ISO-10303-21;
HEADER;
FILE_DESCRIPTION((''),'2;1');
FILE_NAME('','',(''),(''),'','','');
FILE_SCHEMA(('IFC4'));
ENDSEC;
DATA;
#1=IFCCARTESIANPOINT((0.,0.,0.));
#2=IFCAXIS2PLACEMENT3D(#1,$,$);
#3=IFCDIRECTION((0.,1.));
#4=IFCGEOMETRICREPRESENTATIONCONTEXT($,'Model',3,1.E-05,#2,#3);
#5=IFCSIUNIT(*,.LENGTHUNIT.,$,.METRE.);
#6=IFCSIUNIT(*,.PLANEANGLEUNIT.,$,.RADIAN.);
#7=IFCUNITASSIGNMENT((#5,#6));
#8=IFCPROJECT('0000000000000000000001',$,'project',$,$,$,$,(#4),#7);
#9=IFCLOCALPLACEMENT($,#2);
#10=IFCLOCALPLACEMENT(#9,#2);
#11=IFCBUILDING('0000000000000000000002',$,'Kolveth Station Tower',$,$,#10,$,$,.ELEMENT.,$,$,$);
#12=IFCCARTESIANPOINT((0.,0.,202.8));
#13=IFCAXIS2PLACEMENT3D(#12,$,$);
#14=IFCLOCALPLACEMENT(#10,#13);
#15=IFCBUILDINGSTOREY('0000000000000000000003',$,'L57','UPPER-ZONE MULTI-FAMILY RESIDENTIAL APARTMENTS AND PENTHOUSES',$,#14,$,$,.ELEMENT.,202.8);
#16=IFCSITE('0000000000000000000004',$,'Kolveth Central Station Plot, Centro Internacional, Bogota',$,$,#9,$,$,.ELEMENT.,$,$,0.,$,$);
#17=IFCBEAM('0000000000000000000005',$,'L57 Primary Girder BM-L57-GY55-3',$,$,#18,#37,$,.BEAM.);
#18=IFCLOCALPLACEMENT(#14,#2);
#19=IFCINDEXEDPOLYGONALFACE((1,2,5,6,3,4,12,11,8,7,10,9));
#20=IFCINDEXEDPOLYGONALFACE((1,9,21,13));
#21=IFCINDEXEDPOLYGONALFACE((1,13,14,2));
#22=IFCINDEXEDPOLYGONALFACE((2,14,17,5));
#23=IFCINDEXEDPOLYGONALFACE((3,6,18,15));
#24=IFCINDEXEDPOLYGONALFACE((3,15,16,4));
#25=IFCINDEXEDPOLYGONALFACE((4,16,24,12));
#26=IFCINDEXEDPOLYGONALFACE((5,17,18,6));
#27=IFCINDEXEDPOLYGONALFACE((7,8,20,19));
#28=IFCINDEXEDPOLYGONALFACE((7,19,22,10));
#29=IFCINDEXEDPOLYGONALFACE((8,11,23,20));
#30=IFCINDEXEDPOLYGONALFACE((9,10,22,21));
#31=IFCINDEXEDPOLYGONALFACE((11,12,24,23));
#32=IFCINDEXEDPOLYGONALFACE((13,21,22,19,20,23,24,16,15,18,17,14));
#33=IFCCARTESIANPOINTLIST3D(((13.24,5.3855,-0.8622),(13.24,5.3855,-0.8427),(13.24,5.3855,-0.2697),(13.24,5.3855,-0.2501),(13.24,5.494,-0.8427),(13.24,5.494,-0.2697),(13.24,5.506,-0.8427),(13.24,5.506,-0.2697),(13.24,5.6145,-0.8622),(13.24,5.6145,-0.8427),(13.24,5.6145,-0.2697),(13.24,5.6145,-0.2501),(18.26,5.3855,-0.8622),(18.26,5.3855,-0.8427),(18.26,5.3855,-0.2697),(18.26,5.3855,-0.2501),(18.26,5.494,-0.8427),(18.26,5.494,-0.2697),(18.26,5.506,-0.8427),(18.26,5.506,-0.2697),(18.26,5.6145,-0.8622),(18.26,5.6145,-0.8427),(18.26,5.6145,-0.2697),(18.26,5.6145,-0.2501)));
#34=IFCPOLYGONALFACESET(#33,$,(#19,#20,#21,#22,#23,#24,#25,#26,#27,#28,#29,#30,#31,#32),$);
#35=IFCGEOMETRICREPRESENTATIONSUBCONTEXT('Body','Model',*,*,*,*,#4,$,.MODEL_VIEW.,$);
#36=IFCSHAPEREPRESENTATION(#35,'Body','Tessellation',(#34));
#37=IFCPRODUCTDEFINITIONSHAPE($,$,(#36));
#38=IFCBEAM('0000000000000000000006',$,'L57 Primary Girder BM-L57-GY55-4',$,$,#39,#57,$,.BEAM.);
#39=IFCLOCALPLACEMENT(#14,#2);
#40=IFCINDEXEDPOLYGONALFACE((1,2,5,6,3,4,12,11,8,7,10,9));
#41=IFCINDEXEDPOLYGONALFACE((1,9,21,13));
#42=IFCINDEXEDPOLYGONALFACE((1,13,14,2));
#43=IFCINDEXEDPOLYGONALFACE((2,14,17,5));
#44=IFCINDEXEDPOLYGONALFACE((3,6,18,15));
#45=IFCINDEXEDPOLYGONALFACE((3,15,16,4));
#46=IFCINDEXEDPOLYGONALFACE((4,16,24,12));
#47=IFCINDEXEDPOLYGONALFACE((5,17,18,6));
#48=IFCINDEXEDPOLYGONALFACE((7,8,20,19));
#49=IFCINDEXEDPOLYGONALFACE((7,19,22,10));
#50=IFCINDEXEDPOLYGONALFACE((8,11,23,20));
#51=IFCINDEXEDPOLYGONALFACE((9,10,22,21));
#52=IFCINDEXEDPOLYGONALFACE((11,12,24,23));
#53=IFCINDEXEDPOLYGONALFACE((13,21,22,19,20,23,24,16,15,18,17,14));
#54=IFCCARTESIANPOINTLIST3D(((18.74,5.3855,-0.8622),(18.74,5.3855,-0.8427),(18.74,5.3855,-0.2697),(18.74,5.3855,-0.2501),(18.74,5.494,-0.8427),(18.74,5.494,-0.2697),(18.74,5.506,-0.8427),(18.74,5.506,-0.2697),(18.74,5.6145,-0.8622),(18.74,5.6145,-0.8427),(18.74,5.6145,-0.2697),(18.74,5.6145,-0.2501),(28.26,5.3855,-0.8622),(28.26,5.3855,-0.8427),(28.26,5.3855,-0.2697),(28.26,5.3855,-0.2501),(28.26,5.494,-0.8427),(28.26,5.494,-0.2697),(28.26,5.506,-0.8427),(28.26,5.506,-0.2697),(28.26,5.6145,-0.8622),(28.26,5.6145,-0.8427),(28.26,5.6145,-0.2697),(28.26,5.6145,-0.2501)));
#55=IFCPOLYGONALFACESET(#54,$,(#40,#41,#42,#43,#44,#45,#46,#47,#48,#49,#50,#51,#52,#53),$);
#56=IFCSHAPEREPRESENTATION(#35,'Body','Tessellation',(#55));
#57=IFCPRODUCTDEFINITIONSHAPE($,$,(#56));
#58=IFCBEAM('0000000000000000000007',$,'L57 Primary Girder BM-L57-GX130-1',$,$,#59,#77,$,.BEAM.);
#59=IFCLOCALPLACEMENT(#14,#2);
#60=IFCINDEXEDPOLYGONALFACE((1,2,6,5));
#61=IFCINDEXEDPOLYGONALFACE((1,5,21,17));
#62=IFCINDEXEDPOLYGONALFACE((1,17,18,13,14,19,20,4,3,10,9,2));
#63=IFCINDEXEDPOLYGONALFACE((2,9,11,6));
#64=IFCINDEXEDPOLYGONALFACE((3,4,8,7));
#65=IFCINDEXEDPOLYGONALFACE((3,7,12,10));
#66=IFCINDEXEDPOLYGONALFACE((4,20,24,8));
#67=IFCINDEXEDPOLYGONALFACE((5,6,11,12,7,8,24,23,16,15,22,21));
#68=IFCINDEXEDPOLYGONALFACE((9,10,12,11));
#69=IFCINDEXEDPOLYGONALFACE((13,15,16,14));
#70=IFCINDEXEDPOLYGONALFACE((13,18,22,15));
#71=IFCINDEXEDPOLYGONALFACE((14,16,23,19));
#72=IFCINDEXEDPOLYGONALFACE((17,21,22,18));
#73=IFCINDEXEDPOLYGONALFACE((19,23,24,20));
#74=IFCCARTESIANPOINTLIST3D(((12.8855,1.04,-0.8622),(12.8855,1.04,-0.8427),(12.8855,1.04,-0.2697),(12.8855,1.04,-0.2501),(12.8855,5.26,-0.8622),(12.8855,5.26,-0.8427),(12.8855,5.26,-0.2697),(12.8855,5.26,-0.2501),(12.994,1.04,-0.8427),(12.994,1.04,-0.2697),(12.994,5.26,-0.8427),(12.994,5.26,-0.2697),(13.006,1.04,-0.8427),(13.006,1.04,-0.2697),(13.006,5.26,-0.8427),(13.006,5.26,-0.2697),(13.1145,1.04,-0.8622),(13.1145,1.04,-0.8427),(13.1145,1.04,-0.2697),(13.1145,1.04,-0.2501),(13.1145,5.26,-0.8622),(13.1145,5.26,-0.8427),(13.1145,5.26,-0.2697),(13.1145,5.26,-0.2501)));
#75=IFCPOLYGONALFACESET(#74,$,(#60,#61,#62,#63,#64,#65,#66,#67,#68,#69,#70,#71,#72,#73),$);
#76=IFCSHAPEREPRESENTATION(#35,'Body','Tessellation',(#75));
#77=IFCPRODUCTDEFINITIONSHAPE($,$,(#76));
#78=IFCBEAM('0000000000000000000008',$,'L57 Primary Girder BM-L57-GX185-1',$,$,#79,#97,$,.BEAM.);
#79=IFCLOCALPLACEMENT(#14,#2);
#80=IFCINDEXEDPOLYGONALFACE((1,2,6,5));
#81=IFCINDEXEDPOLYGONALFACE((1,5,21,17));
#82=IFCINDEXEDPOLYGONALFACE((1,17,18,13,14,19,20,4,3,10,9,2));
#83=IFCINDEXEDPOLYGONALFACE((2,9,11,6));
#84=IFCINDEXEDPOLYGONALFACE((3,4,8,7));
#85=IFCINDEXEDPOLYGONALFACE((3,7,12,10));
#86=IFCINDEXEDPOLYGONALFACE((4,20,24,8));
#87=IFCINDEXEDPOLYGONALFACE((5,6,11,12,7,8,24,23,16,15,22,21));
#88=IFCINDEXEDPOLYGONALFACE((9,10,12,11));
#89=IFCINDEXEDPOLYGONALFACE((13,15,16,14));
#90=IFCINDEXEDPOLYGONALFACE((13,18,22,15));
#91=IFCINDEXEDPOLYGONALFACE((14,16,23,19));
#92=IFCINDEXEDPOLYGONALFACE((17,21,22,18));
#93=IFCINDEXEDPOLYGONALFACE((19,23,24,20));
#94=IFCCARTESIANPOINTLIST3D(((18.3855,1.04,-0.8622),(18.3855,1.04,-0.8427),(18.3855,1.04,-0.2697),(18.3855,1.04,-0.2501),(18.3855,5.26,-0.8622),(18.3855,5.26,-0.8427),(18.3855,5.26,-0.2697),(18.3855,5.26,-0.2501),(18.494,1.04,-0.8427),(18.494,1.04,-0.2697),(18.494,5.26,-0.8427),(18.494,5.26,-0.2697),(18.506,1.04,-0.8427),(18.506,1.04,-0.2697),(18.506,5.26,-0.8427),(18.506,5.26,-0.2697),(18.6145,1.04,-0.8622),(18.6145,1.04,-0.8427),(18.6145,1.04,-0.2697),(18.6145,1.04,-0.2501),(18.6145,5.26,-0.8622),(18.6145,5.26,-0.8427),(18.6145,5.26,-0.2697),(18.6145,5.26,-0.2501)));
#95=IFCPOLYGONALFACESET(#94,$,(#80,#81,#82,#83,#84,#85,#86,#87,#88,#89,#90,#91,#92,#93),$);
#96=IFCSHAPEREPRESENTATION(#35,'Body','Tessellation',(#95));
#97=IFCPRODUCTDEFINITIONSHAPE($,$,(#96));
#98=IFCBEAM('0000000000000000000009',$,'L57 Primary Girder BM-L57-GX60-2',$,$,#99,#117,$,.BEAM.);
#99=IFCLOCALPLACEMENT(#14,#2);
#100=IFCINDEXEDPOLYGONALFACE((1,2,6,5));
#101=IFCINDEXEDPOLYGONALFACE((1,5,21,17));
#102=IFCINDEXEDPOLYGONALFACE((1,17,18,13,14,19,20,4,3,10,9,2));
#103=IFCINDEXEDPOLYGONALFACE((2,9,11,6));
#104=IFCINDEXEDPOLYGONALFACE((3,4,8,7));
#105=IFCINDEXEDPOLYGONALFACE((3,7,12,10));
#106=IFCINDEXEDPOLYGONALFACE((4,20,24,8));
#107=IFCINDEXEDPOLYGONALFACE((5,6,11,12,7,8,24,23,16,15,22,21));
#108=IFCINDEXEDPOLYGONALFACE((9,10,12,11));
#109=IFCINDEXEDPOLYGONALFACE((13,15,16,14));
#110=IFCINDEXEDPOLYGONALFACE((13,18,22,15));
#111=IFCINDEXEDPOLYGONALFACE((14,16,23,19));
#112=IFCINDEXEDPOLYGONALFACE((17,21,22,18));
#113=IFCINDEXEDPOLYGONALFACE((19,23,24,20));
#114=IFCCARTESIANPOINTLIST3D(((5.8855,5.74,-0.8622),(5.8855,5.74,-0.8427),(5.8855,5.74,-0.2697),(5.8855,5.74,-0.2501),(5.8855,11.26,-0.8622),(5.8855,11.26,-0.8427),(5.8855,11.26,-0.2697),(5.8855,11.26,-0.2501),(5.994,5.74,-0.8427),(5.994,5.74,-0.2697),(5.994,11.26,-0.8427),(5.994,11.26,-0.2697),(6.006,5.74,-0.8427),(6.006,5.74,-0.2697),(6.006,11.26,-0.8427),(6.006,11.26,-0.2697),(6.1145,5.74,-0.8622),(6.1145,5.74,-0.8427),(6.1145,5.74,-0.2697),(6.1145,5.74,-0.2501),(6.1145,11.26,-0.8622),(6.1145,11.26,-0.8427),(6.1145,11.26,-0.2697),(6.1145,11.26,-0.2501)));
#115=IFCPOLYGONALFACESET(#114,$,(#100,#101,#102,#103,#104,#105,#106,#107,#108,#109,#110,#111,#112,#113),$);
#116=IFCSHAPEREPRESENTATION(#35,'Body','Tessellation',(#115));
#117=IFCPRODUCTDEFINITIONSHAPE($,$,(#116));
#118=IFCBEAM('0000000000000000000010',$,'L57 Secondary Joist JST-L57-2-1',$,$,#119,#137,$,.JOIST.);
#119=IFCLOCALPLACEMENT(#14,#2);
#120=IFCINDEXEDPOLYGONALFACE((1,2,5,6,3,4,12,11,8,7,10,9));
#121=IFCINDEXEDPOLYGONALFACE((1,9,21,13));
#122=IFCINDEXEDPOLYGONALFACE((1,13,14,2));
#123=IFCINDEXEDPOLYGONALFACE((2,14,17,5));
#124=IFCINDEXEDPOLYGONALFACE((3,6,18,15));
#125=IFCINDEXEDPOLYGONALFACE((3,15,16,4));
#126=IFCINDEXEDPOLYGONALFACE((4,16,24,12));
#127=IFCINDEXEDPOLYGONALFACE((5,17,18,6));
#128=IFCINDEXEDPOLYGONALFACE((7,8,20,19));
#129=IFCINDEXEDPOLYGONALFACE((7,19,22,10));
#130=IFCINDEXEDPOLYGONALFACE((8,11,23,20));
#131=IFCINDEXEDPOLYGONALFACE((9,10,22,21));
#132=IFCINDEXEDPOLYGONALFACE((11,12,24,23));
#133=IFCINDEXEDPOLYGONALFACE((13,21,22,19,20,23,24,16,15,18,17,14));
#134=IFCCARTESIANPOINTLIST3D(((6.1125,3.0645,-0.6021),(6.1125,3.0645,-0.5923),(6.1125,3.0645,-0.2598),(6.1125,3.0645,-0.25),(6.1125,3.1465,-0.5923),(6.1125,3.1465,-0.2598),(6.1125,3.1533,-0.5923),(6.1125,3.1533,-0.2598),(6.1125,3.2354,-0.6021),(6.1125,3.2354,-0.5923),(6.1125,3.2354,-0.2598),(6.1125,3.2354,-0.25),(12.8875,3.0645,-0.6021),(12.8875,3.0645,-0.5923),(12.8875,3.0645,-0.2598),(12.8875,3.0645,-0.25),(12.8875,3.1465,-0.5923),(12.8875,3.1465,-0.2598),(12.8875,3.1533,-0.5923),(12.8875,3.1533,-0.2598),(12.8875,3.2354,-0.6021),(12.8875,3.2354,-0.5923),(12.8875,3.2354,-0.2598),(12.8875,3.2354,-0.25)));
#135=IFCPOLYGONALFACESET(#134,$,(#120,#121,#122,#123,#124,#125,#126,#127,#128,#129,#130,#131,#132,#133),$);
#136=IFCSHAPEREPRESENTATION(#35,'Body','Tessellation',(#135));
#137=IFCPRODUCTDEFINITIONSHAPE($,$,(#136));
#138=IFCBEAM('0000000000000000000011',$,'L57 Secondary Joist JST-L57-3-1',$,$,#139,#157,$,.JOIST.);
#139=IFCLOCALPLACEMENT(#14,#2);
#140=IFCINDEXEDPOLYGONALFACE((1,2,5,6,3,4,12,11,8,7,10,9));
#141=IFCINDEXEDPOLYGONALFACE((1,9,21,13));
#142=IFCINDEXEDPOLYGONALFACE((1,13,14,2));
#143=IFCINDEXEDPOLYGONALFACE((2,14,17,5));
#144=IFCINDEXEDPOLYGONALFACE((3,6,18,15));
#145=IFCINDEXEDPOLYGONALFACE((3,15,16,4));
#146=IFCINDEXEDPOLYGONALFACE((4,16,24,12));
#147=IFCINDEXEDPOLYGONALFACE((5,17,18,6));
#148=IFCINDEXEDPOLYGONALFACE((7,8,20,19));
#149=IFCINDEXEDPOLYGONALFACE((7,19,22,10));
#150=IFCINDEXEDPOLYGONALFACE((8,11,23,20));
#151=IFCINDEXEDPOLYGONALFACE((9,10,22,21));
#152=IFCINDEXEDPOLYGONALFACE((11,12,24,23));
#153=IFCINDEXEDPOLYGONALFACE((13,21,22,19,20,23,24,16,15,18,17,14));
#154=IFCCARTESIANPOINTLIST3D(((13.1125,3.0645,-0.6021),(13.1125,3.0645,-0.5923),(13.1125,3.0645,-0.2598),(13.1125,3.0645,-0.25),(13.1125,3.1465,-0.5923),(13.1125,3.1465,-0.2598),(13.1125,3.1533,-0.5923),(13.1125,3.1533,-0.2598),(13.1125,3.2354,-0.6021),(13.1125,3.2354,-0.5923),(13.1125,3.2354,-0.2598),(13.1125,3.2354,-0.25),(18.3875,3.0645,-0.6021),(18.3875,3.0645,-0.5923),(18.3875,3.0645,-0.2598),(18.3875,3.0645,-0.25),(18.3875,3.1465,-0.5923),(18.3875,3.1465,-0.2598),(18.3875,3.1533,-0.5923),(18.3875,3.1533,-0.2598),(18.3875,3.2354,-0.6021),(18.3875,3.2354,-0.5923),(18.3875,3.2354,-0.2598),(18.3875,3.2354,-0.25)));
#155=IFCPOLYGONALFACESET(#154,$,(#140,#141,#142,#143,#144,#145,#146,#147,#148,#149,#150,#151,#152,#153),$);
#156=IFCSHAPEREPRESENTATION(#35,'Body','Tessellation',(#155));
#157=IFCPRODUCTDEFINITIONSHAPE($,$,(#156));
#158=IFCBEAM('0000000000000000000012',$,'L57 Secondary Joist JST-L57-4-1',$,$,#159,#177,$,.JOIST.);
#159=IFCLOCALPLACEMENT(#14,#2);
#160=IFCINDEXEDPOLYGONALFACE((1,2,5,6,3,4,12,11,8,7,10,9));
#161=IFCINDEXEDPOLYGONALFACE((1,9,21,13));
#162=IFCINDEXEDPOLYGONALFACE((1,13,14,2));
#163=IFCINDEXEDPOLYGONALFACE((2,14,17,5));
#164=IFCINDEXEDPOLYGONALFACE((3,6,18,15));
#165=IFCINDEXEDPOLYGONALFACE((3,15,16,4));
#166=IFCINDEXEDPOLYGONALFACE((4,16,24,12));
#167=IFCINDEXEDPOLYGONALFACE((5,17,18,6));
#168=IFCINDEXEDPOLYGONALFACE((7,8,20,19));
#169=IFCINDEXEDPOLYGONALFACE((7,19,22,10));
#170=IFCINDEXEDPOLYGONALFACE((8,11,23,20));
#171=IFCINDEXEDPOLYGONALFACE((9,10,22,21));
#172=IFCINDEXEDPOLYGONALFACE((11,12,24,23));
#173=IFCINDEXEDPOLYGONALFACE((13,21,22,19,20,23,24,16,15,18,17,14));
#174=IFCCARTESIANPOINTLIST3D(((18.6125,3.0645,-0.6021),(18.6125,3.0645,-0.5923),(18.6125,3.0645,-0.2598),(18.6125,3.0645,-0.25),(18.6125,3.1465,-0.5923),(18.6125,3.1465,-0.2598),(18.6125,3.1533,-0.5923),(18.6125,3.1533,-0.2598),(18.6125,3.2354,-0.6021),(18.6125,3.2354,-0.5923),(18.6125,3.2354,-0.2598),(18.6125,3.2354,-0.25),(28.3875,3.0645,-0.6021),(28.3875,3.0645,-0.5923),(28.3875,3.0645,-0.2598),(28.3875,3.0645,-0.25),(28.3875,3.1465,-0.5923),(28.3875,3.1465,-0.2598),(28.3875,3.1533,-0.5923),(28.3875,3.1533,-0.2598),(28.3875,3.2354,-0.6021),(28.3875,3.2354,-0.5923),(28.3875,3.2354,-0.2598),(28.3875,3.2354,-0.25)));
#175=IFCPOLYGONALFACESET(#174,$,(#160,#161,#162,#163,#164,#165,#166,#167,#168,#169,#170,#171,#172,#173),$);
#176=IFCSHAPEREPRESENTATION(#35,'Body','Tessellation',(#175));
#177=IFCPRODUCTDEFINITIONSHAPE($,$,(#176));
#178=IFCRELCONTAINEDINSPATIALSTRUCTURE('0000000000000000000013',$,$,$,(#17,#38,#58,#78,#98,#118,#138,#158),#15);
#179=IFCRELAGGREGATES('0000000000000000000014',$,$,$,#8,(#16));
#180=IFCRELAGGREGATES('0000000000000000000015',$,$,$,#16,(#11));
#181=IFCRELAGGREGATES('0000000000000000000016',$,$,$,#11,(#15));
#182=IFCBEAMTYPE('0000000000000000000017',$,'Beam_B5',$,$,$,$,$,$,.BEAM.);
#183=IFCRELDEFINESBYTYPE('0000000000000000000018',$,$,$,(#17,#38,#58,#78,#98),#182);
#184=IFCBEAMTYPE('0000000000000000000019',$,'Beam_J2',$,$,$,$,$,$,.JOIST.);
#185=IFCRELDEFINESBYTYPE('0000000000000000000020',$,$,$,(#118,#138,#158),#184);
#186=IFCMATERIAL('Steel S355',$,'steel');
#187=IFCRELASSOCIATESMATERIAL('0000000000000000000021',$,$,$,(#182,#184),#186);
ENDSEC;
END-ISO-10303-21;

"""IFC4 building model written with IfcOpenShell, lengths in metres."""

from ifc_helpers import new_model, si_unit, direction, frame, origin, origin_2d, place, context, subcontext, project, spatial, i_section, extrude, source, transform, mapped, material, material_profile, profile_set, type_object, element, save


model = new_model("IFC4")

# Units and contexts
model_context = context("Model", 3, precision=1e-05, world=origin(), true_north=direction((0.0, 1.0)))
body_context = subcontext(model_context, "Body", "Model", "MODEL_VIEW")
ifc_project = project(units=[si_unit("LENGTHUNIT", "METRE"), si_unit("PLANEANGLEUNIT", "RADIAN")], contexts=[model_context])

# Site, building, storey
site_placement = place(None, origin())
site = spatial("IfcSite", under=ifc_project, at=site_placement, Name="Kolveth Central Station Plot, Centro Internacional, Bogota", CompositionType="ELEMENT", RefElevation=0.0)
building_placement = place(site_placement, origin())
building = spatial("IfcBuilding", under=site, at=building_placement, Name="Kolveth Station Tower", CompositionType="ELEMENT")
storey_placement = place(building_placement, frame((0.0, 0.0, 202.8)))
storey = spatial("IfcBuildingStorey", under=building, at=storey_placement, Name="L57", Description="UPPER-ZONE MULTI-FAMILY RESIDENTIAL APARTMENTS AND PENTHOUSES", CompositionType="ELEMENT", Elevation=202.8)

# Shared definitions
ifc_material_1 = material(Name="Steel S355", Category="steel")

# Beams
ifc_material_profile_1 = material_profile(ifc_material_1, i_section(OverallWidth=0.229, OverallDepth=0.6121, WebThickness=0.012, FlangeThickness=0.0195, at=origin_2d()), Name="W610x125")
ifc_profile_set_1 = profile_set([ifc_material_profile_1], Name="Steel S355")
beam_type_1 = type_object("IfcBeamType", Name="Beam_B5", PredefinedType="BEAM", material=ifc_profile_set_1)
shared_shape_1 = source(origin(), body_context, "Body", "SweptSolid", [
    extrude(i_section(OverallWidth=0.229, OverallDepth=0.6121, WebThickness=0.012, FlangeThickness=0.0195, at=origin_2d()), origin(), (0.0, 0.0, 1.0), 5.02),
])
beam_1_placement = place(storey_placement, frame((13.24, 5.5, -0.5562), z_axis=(1.0, 0.0, 0.0), x_axis=(0.0, 1.0, 0.0)))
element("IfcBeam", 1, at=beam_1_placement, inside=storey, type_object=beam_type_1, Name="L57 Primary Girder BM-L57-GY55-3", PredefinedType="BEAM", context=body_context, shape_type="MappedRepresentation", body=[
    mapped(shared_shape_1, transform((0.0, 0.0, 0.0), x_axis=(1.0, 0.0, 0.0), y_axis=(0.0, 1.0, 0.0), z_axis=(0.0, 0.0, 1.0), scale=1.0)),
])
shared_shape_2 = source(origin(), body_context, "Body", "SweptSolid", [
    extrude(i_section(OverallWidth=0.229, OverallDepth=0.6121, WebThickness=0.012, FlangeThickness=0.0195, at=origin_2d()), origin(), (0.0, 0.0, 1.0), 9.52),
])
beam_2_placement = place(storey_placement, frame((18.74, 5.5, -0.5562), z_axis=(1.0, 0.0, 0.0), x_axis=(0.0, 1.0, 0.0)))
element("IfcBeam", 2, at=beam_2_placement, inside=storey, type_object=beam_type_1, Name="L57 Primary Girder BM-L57-GY55-4", PredefinedType="BEAM", context=body_context, shape_type="MappedRepresentation", body=[
    mapped(shared_shape_2, transform((0.0, 0.0, 0.0), x_axis=(1.0, 0.0, 0.0), y_axis=(0.0, 1.0, 0.0), z_axis=(0.0, 0.0, 1.0), scale=1.0)),
])
shared_shape_3 = source(origin(), body_context, "Body", "SweptSolid", [
    extrude(i_section(OverallWidth=0.229, OverallDepth=0.6121, WebThickness=0.012, FlangeThickness=0.0195, at=origin_2d()), origin(), (0.0, 0.0, 1.0), 4.22),
])
for number, where, z_axis, x_axis, name in (
    (3, (13.0, 1.04, -0.5562), (0.0, 1.0, 0.0), (-1.0, 0.0, 0.0), "L57 Primary Girder BM-L57-GX130-1"),
    (4, (18.5, 1.04, -0.5562), (0.0, 1.0, 0.0), (-1.0, 0.0, 0.0), "L57 Primary Girder BM-L57-GX185-1"),
):
    element("IfcBeam", number, at=place(storey_placement, frame(where, z_axis=z_axis, x_axis=x_axis)), inside=storey, type_object=beam_type_1, Name=name, PredefinedType="BEAM", context=body_context, shape_type="MappedRepresentation", body=[
        mapped(shared_shape_3, transform((0.0, 0.0, 0.0), x_axis=(1.0, 0.0, 0.0), y_axis=(0.0, 1.0, 0.0), z_axis=(0.0, 0.0, 1.0), scale=1.0)),
    ])
shared_shape_4 = source(origin(), body_context, "Body", "SweptSolid", [
    extrude(i_section(OverallWidth=0.229, OverallDepth=0.6121, WebThickness=0.012, FlangeThickness=0.0195, at=origin_2d()), origin(), (0.0, 0.0, 1.0), 5.52),
])
beam_3_placement = place(storey_placement, frame((6.0, 5.74, -0.5562), z_axis=(0.0, 1.0, 0.0), x_axis=(-1.0, 0.0, 0.0)))
element("IfcBeam", 5, at=beam_3_placement, inside=storey, type_object=beam_type_1, Name="L57 Primary Girder BM-L57-GX60-2", PredefinedType="BEAM", context=body_context, shape_type="MappedRepresentation", body=[
    mapped(shared_shape_4, transform((0.0, 0.0, 0.0), x_axis=(1.0, 0.0, 0.0), y_axis=(0.0, 1.0, 0.0), z_axis=(0.0, 0.0, 1.0), scale=1.0)),
])
ifc_material_profile_2 = material_profile(ifc_material_1, i_section(OverallWidth=0.1709, OverallDepth=0.3521, WebThickness=0.0068, FlangeThickness=0.0098, at=origin_2d()), Name="W360x44")
ifc_profile_set_2 = profile_set([ifc_material_profile_2], Name="Steel S355")
beam_type_2 = type_object("IfcBeamType", Name="Beam_J2", PredefinedType="JOIST", material=ifc_profile_set_2)
shared_shape_5 = source(origin(), body_context, "Body", "SweptSolid", [
    extrude(i_section(OverallWidth=0.1709, OverallDepth=0.3521, WebThickness=0.0068, FlangeThickness=0.0098, at=origin_2d()), origin(), (0.0, 0.0, 1.0), 6.7749),
])
beam_4_placement = place(storey_placement, frame((6.1125, 3.1499, -0.426), z_axis=(1.0, 0.0, 0.0), x_axis=(0.0, 1.0, 0.0)))
element("IfcBeam", 6, at=beam_4_placement, inside=storey, type_object=beam_type_2, Name="L57 Secondary Joist JST-L57-2-1", PredefinedType="JOIST", context=body_context, shape_type="MappedRepresentation", body=[
    mapped(shared_shape_5, transform((0.0, 0.0, 0.0), x_axis=(1.0, 0.0, 0.0), y_axis=(0.0, 1.0, 0.0), z_axis=(0.0, 0.0, 1.0), scale=1.0)),
])
shared_shape_6 = source(origin(), body_context, "Body", "SweptSolid", [
    extrude(i_section(OverallWidth=0.1709, OverallDepth=0.3521, WebThickness=0.0068, FlangeThickness=0.0098, at=origin_2d()), origin(), (0.0, 0.0, 1.0), 5.2749),
])
beam_5_placement = place(storey_placement, frame((13.1125, 3.1499, -0.426), z_axis=(1.0, 0.0, 0.0), x_axis=(0.0, 1.0, 0.0)))
element("IfcBeam", 7, at=beam_5_placement, inside=storey, type_object=beam_type_2, Name="L57 Secondary Joist JST-L57-3-1", PredefinedType="JOIST", context=body_context, shape_type="MappedRepresentation", body=[
    mapped(shared_shape_6, transform((0.0, 0.0, 0.0), x_axis=(1.0, 0.0, 0.0), y_axis=(0.0, 1.0, 0.0), z_axis=(0.0, 0.0, 1.0), scale=1.0)),
])
shared_shape_7 = source(origin(), body_context, "Body", "SweptSolid", [
    extrude(i_section(OverallWidth=0.1709, OverallDepth=0.3521, WebThickness=0.0068, FlangeThickness=0.0098, at=origin_2d()), origin(), (0.0, 0.0, 1.0), 9.7749),
])
beam_6_placement = place(storey_placement, frame((18.6125, 3.1499, -0.426), z_axis=(1.0, 0.0, 0.0), x_axis=(0.0, 1.0, 0.0)))
element("IfcBeam", 8, at=beam_6_placement, inside=storey, type_object=beam_type_2, Name="L57 Secondary Joist JST-L57-4-1", PredefinedType="JOIST", context=body_context, shape_type="MappedRepresentation", body=[
    mapped(shared_shape_7, transform((0.0, 0.0, 0.0), x_axis=(1.0, 0.0, 0.0), y_axis=(0.0, 1.0, 0.0), z_axis=(0.0, 0.0, 1.0), scale=1.0)),
])

save(model, "model.ifc")
